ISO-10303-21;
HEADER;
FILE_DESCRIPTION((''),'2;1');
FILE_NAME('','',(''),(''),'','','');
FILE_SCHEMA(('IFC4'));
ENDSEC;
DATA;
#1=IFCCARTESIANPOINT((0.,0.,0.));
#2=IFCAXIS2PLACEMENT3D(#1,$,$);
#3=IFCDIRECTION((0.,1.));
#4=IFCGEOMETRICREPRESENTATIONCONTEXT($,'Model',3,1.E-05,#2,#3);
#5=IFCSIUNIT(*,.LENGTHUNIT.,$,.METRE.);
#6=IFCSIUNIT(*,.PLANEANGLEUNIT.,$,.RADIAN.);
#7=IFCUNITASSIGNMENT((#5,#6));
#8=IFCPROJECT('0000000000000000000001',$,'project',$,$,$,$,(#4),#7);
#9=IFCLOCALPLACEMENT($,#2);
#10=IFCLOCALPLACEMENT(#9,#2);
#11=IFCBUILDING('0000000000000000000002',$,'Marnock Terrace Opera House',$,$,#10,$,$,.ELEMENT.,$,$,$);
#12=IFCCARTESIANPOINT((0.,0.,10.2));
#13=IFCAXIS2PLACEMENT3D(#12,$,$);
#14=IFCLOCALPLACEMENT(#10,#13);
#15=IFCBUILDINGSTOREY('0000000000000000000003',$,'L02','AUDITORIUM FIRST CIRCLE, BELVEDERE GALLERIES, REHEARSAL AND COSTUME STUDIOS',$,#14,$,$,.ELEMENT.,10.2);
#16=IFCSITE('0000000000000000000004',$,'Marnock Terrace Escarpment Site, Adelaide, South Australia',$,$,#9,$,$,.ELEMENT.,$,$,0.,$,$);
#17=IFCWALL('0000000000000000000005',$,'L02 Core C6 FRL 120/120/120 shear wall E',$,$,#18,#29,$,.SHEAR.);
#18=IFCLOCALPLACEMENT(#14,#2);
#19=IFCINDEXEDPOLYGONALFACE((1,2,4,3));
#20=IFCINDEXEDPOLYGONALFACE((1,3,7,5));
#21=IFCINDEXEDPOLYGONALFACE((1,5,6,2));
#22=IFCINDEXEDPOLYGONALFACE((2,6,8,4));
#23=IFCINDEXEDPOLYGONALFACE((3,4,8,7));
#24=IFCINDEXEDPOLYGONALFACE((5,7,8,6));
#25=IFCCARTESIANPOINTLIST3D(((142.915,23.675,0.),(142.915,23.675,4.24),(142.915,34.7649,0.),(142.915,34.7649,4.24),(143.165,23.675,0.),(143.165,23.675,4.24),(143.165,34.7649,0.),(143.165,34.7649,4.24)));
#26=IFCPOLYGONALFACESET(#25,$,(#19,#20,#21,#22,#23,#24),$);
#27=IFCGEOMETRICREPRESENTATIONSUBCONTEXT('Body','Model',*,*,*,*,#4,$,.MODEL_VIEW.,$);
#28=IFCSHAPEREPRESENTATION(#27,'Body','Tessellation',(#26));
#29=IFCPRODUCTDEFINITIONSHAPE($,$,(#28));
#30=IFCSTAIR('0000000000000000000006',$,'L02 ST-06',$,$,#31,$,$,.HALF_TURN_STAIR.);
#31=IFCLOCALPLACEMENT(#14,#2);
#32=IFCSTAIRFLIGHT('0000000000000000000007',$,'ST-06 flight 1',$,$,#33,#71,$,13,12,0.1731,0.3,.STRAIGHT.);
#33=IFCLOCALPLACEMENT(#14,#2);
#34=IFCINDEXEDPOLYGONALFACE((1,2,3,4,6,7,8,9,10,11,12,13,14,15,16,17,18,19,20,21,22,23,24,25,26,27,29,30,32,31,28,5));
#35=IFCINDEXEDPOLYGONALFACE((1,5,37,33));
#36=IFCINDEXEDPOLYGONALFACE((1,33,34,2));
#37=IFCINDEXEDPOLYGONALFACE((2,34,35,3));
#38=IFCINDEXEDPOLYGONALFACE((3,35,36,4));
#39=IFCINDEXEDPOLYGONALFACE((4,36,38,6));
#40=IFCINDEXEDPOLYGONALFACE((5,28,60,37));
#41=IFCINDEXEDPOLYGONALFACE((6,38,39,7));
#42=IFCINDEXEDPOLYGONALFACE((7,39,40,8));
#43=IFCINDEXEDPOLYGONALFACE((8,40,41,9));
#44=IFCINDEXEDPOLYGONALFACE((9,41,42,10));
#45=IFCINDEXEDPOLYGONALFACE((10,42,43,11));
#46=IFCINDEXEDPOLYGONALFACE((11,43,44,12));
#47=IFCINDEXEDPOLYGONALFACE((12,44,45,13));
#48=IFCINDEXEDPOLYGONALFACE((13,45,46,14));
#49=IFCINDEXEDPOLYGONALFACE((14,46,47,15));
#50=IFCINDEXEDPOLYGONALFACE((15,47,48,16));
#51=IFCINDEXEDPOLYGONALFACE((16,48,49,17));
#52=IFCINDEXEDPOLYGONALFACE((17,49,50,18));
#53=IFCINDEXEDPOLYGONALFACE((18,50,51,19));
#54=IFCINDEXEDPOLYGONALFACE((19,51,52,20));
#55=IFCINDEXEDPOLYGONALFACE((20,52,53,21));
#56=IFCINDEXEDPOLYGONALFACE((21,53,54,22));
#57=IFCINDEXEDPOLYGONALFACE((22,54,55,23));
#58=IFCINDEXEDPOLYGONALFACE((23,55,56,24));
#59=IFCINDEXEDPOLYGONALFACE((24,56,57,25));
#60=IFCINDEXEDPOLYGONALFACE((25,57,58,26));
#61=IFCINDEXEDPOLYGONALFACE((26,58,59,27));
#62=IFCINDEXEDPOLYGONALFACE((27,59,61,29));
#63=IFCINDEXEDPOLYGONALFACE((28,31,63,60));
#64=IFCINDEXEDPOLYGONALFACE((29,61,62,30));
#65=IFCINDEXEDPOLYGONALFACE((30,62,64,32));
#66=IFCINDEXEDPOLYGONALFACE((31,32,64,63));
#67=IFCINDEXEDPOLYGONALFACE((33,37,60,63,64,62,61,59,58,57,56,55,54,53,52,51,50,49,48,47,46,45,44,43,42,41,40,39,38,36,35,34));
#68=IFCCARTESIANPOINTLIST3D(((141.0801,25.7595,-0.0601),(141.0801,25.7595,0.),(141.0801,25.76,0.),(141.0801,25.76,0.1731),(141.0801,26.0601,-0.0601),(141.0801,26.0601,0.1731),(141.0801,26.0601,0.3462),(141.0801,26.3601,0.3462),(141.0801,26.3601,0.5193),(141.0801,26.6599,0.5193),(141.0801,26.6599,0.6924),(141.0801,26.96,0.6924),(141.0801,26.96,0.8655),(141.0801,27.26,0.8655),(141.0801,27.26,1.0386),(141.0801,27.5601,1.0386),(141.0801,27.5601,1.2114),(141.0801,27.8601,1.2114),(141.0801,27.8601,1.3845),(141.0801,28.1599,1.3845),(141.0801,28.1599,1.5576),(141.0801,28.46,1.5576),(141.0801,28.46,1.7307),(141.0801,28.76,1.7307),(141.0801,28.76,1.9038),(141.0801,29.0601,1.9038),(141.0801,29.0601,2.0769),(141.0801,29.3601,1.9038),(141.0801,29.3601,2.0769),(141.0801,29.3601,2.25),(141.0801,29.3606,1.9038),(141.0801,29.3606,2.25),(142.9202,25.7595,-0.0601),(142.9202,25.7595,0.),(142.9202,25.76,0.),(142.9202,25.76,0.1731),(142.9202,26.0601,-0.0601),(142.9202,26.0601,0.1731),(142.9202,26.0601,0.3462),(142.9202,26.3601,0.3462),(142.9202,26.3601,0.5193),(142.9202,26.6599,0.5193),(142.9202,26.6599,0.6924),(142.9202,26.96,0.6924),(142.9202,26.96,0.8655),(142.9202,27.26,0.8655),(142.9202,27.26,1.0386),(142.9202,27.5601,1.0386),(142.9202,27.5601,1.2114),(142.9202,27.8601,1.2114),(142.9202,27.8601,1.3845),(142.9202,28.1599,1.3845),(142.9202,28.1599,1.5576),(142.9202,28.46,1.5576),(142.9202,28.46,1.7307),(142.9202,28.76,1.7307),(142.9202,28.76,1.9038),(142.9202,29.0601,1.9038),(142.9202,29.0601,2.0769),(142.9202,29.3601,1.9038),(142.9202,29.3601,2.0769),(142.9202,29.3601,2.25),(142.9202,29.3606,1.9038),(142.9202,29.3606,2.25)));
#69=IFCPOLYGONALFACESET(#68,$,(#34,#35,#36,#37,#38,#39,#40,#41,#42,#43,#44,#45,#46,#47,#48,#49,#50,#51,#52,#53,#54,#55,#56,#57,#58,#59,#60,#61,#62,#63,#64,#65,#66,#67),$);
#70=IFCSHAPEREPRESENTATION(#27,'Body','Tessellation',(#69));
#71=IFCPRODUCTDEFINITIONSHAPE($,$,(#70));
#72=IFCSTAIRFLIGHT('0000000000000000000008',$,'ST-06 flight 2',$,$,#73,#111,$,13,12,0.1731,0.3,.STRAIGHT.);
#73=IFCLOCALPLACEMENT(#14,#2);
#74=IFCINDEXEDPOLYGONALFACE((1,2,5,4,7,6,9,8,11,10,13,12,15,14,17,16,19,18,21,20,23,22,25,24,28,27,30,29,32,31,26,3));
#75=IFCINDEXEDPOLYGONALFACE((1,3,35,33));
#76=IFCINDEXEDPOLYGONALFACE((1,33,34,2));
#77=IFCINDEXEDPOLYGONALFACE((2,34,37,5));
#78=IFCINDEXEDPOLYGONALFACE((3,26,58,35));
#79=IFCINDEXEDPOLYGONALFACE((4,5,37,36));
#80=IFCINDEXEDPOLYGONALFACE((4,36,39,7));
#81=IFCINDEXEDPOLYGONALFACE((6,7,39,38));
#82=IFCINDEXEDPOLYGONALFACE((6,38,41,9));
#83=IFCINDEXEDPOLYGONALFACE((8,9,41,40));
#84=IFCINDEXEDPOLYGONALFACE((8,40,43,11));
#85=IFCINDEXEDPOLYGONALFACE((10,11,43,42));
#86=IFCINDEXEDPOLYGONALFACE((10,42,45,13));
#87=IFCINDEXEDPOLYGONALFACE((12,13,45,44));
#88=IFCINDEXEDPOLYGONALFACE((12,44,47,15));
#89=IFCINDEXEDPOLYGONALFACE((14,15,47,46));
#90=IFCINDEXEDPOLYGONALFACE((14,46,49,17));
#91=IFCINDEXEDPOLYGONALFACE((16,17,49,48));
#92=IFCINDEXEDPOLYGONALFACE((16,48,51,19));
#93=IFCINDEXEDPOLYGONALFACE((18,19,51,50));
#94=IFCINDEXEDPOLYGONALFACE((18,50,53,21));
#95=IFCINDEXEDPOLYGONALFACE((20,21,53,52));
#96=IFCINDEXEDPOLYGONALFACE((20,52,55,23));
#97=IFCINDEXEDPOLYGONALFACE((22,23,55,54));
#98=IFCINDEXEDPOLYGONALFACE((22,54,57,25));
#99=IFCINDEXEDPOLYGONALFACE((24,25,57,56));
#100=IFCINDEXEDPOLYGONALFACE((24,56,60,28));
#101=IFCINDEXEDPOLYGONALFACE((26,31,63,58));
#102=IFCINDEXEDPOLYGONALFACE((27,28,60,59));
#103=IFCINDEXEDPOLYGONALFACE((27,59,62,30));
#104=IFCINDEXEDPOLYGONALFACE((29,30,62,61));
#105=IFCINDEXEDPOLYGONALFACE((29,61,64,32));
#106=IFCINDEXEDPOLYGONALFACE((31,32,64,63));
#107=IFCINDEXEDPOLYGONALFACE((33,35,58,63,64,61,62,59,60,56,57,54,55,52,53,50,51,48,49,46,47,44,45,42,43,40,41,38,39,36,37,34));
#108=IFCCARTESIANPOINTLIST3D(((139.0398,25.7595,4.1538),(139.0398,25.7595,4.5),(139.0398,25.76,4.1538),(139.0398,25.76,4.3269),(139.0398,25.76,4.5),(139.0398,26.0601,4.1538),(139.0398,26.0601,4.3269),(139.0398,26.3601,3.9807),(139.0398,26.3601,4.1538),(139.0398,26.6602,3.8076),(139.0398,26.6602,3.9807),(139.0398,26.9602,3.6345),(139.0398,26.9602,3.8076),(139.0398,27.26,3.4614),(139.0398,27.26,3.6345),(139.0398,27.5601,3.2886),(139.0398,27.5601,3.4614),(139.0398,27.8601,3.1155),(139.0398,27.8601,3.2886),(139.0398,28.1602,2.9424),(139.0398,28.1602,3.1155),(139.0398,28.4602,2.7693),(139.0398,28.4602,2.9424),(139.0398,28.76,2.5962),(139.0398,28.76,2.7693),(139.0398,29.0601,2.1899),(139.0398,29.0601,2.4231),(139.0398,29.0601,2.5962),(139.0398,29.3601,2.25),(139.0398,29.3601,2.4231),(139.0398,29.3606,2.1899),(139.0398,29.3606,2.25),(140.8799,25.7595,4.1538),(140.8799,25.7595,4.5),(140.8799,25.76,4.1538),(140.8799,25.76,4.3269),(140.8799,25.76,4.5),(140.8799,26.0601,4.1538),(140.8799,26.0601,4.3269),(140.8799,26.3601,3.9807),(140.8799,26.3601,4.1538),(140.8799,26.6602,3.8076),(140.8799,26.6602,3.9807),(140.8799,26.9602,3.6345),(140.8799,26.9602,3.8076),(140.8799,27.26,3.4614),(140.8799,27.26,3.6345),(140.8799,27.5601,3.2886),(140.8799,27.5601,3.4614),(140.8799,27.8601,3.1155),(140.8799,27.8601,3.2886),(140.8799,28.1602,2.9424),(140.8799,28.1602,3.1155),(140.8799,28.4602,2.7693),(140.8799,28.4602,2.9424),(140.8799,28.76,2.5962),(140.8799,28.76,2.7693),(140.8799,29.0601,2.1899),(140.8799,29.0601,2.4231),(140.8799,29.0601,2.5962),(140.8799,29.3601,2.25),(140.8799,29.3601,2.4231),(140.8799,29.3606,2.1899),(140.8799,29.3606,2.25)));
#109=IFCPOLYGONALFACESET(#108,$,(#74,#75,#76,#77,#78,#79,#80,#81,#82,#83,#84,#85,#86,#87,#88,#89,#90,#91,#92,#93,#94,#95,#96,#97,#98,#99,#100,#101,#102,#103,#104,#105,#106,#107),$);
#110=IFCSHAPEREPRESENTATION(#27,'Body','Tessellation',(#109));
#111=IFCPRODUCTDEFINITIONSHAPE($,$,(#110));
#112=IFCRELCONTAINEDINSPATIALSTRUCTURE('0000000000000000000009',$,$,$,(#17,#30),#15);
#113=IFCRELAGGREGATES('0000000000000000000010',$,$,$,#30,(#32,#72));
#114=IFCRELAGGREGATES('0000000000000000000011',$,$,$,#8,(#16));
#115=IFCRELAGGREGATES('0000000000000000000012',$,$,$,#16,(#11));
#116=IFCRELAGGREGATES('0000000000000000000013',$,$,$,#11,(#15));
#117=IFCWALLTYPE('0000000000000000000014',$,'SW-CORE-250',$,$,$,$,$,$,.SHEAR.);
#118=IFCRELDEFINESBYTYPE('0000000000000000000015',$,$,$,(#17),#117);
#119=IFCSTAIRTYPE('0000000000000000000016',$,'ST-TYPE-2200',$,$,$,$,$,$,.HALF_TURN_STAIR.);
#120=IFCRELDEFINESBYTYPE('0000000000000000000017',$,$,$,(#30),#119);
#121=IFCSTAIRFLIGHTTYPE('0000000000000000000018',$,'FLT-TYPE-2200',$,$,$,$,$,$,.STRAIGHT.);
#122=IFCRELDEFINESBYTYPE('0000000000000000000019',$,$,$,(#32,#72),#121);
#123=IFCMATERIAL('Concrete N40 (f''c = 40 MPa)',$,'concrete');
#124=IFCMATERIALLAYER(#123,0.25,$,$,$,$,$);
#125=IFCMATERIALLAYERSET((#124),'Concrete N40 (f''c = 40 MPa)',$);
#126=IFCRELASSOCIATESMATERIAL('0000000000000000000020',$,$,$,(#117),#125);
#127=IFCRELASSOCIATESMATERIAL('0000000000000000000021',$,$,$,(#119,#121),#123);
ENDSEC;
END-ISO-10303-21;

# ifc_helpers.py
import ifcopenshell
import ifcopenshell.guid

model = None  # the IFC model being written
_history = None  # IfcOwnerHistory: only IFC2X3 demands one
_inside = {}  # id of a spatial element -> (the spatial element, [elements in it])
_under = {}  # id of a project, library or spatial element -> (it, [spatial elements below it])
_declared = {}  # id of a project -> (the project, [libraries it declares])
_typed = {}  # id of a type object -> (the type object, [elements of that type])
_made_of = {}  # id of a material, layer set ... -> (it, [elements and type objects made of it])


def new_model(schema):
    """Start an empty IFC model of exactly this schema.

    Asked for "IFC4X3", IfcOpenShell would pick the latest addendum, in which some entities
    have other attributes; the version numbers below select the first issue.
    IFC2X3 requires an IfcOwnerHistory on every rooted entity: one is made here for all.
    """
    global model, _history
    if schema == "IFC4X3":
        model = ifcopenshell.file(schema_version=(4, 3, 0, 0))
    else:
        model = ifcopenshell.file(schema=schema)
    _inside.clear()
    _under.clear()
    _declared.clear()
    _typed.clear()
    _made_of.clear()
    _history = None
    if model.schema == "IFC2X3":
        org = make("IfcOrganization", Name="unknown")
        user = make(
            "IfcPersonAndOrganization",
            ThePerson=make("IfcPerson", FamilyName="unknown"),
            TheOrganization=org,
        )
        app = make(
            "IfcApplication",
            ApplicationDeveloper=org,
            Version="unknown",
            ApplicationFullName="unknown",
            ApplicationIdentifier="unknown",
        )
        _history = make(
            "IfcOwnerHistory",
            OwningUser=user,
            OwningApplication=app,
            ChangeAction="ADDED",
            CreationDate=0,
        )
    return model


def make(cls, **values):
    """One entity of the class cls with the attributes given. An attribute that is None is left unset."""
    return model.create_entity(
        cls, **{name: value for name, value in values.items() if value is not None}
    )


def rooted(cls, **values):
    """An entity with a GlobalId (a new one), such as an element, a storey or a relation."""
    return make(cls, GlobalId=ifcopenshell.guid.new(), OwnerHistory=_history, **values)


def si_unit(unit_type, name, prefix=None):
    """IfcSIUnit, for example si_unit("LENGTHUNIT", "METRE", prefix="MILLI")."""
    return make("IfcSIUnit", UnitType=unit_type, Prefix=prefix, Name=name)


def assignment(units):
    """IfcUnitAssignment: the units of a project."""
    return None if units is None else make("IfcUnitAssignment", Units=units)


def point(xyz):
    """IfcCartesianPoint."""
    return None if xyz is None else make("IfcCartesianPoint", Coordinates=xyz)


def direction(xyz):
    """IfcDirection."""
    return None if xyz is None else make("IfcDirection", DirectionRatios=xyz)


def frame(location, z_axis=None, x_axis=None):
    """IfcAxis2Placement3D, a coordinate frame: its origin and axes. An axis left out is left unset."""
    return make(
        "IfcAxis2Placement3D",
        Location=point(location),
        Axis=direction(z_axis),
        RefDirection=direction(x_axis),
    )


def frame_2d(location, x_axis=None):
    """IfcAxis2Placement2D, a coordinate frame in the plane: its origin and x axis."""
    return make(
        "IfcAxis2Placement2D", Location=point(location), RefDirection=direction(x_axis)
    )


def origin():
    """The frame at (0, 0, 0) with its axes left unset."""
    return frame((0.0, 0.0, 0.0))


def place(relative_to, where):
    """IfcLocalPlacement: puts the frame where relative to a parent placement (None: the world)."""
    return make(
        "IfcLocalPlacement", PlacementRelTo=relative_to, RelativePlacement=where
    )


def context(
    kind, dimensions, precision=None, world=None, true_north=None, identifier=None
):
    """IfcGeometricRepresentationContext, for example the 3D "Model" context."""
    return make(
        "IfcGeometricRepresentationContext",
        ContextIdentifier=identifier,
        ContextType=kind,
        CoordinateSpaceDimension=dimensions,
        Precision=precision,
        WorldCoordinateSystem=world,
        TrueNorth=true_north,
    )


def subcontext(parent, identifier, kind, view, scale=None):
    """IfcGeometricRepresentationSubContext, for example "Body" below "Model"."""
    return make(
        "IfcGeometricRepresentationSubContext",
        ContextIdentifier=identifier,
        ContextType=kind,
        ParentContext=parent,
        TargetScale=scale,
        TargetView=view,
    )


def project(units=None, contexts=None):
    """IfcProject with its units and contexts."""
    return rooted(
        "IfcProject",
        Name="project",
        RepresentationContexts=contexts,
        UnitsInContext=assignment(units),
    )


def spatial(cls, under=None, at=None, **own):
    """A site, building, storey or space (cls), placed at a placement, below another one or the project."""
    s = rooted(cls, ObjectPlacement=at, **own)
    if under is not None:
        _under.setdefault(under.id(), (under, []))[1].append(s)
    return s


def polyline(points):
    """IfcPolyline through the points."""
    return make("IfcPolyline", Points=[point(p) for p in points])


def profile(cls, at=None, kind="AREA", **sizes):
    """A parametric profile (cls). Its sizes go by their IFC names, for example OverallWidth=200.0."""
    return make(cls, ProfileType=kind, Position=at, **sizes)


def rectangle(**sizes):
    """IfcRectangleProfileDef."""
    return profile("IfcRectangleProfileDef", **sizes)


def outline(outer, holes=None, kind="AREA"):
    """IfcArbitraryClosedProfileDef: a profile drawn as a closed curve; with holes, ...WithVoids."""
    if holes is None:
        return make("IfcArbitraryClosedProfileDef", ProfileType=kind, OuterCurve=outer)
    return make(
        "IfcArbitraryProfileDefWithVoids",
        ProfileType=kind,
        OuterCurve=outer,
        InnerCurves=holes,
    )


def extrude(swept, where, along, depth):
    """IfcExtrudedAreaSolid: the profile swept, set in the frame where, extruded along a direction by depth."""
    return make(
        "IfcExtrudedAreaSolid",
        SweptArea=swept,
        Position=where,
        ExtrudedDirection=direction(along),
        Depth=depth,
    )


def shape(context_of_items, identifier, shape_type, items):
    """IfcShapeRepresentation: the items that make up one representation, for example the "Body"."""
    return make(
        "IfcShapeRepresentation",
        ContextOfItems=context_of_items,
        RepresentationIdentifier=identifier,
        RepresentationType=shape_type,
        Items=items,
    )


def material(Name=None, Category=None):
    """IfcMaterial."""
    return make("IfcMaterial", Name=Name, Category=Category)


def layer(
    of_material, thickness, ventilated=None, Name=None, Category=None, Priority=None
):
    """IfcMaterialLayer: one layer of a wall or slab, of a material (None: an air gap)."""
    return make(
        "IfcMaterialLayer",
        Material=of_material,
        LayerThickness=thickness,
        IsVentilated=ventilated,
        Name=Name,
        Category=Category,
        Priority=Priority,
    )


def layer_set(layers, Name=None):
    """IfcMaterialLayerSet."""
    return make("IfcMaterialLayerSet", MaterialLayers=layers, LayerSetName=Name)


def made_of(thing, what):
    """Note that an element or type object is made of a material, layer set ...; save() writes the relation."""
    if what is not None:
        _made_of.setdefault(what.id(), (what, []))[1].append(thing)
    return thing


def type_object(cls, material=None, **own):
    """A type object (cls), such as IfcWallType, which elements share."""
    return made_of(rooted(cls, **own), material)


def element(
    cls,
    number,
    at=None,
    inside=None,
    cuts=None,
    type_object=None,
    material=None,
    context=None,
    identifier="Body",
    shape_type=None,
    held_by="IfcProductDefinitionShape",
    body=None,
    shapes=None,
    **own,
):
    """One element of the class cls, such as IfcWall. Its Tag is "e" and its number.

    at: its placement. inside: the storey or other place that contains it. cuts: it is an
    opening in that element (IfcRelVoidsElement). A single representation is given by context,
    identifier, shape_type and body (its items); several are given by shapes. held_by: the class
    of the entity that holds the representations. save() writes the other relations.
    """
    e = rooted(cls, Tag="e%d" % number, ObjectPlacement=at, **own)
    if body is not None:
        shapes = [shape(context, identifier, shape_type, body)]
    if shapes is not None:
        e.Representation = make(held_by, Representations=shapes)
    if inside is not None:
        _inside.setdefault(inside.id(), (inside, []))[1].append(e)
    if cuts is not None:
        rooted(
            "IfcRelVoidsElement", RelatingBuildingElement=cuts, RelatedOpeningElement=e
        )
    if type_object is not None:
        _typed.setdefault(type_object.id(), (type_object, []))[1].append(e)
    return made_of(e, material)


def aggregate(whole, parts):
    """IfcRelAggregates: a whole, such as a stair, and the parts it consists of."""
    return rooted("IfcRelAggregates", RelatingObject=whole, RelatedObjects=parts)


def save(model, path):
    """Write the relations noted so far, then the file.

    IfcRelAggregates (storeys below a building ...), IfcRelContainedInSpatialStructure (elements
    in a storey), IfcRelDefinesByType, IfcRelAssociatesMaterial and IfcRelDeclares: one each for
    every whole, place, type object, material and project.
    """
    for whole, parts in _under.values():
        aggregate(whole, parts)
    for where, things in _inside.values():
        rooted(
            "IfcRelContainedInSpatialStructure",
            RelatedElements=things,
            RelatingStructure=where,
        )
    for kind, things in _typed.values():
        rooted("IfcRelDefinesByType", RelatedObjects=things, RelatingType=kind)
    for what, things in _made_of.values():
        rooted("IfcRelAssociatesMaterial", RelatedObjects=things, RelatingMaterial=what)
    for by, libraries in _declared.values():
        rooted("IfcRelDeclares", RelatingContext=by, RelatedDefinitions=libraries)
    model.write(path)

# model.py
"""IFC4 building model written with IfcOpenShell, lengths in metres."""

from ifc_helpers import new_model, si_unit, direction, frame, frame_2d, origin, place, context, subcontext, project, spatial, polyline, rectangle, outline, extrude, material, layer, layer_set, type_object, element, aggregate, save


model = new_model("IFC4")

# Units and contexts
model_context = context("Model", 3, precision=1e-05, world=origin(), true_north=direction((0.0, 1.0)))
body_context = subcontext(model_context, "Body", "Model", "MODEL_VIEW")
ifc_project = project(units=[si_unit("LENGTHUNIT", "METRE"), si_unit("PLANEANGLEUNIT", "RADIAN")], contexts=[model_context])

# Site, building, storey
site_placement = place(None, origin())
site = spatial("IfcSite", under=ifc_project, at=site_placement, Name="Marnock Terrace Escarpment Site, Adelaide, South Australia", CompositionType="ELEMENT", RefElevation=0.0)
building_placement = place(site_placement, origin())
building = spatial("IfcBuilding", under=site, at=building_placement, Name="Marnock Terrace Opera House", CompositionType="ELEMENT")
storey_placement = place(building_placement, frame((0.0, 0.0, 10.2)))
storey = spatial("IfcBuildingStorey", under=building, at=storey_placement, Name="L02", Description="AUDITORIUM FIRST CIRCLE, BELVEDERE GALLERIES, REHEARSAL AND COSTUME STUDIOS", CompositionType="ELEMENT", Elevation=10.2)

# Shared definitions
ifc_material_1 = material(Name="Concrete N40 (f'c = 40 MPa)", Category="concrete")

# Shared definitions
ifc_layer = layer(ifc_material_1, 0.25)
ifc_layer_set = layer_set([ifc_layer], Name="Concrete N40 (f'c = 40 MPa)")
wall_type = type_object("IfcWallType", Name="SW-CORE-250", PredefinedType="SHEAR", material=ifc_layer_set)

# Wall
wall_1_placement = place(storey_placement, frame((143.04, 23.675, 0.0), z_axis=(0.0, 0.0, 1.0), x_axis=(0.0, 1.0, 0.0)))
element("IfcWall", 1, at=wall_1_placement, inside=storey, type_object=wall_type, Name="L02 Core C6 FRL 120/120/120 shear wall E", PredefinedType="SHEAR", context=body_context, shape_type="SweptSolid", body=[
    extrude(rectangle(XDim=11.0898, YDim=0.25, at=frame_2d((5.5449, 0.0))), origin(), (0.0, 0.0, 1.0), 4.24),
])

# Stair, stair flights
stair_type = type_object("IfcStairType", Name="ST-TYPE-2200", PredefinedType="HALF_TURN_STAIR", material=ifc_material_1)
stair_placement = place(storey_placement, origin())
stair = element("IfcStair", 2, at=stair_placement, inside=storey, type_object=stair_type, Name="L02 ST-06", PredefinedType="HALF_TURN_STAIR")
stair_flight_type = type_object("IfcStairFlightType", Name="FLT-TYPE-2200", PredefinedType="STRAIGHT", material=ifc_material_1)
stair_flight_1_placement = place(storey_placement, frame((142.0, 25.76, 0.0), z_axis=(0.0, 0.0, 1.0), x_axis=(0.0, 1.0, 0.0)))
stair_flight_1 = element("IfcStairFlight", 3, at=stair_flight_1_placement, type_object=stair_flight_type, Name="ST-06 flight 1", NumberOfRisers=13, NumberOfTreads=12, PredefinedType="STRAIGHT", RiserHeight=0.1731, TreadLength=0.3, context=body_context, shape_type="SweptSolid", body=[
    extrude(outline(polyline([(-0.0005, -0.0601), (-0.0005, 0.0), (0.0, 0.0), (0.0, 0.1731), (0.3, 0.1731), (0.3, 0.3462), (0.6001, 0.3462), (0.6001, 0.5193), (0.8999, 0.5193), (0.8999, 0.6924), (1.2, 0.6924), (1.2, 0.8655), (1.5, 0.8655), (1.5, 1.0386), (1.8, 1.0386), (1.8, 1.2114), (2.1001, 1.2114), (2.1001, 1.3845), (2.3999, 1.3845), (2.3999, 1.5576), (2.7, 1.5576), (2.7, 1.7307), (3.0, 1.7307), (3.0, 1.9038), (3.3, 1.9038), (3.3, 2.0769), (3.6001, 2.0769), (3.6001, 2.25), (3.6006, 2.25), (3.6006, 1.9038), (3.6001, 1.9038), (0.3, -0.0601), (-0.0005, -0.0601)])), frame((0.0, 0.9199, 0.0), z_axis=(0.0, -1.0, 0.0), x_axis=(1.0, 0.0, 0.0)), (0.0, 0.0, 1.0), 1.8401),
])
stair_flight_2_placement = place(storey_placement, frame((139.96, 29.3601, 2.25), z_axis=(0.0, 0.0, 1.0), x_axis=(0.0, -1.0, 0.0)))
stair_flight_2 = element("IfcStairFlight", 4, at=stair_flight_2_placement, type_object=stair_flight_type, Name="ST-06 flight 2", NumberOfRisers=13, NumberOfTreads=12, PredefinedType="STRAIGHT", RiserHeight=0.1731, TreadLength=0.3, context=body_context, shape_type="SweptSolid", body=[
    extrude(outline(polyline([(-0.0005, -0.0601), (-0.0005, 0.0), (0.0, 0.0), (0.0, 0.1731), (0.3, 0.1731), (0.3, 0.3462), (0.6001, 0.3462), (0.6001, 0.5193), (0.8999, 0.5193), (0.8999, 0.6924), (1.2, 0.6924), (1.2, 0.8655), (1.5, 0.8655), (1.5, 1.0386), (1.8, 1.0386), (1.8, 1.2114), (2.1001, 1.2114), (2.1001, 1.3845), (2.3999, 1.3845), (2.3999, 1.5576), (2.7, 1.5576), (2.7, 1.7307), (3.0, 1.7307), (3.0, 1.9038), (3.3, 1.9038), (3.3, 2.0769), (3.6001, 2.0769), (3.6001, 2.25), (3.6006, 2.25), (3.6006, 1.9038), (3.6001, 1.9038), (0.3, -0.0601), (-0.0005, -0.0601)])), frame((0.0, 0.9199, 0.0), z_axis=(0.0, -1.0, 0.0), x_axis=(1.0, 0.0, 0.0)), (0.0, 0.0, 1.0), 1.8401),
])
aggregate(stair, [stair_flight_1, stair_flight_2])

save(model, "model.ifc")
